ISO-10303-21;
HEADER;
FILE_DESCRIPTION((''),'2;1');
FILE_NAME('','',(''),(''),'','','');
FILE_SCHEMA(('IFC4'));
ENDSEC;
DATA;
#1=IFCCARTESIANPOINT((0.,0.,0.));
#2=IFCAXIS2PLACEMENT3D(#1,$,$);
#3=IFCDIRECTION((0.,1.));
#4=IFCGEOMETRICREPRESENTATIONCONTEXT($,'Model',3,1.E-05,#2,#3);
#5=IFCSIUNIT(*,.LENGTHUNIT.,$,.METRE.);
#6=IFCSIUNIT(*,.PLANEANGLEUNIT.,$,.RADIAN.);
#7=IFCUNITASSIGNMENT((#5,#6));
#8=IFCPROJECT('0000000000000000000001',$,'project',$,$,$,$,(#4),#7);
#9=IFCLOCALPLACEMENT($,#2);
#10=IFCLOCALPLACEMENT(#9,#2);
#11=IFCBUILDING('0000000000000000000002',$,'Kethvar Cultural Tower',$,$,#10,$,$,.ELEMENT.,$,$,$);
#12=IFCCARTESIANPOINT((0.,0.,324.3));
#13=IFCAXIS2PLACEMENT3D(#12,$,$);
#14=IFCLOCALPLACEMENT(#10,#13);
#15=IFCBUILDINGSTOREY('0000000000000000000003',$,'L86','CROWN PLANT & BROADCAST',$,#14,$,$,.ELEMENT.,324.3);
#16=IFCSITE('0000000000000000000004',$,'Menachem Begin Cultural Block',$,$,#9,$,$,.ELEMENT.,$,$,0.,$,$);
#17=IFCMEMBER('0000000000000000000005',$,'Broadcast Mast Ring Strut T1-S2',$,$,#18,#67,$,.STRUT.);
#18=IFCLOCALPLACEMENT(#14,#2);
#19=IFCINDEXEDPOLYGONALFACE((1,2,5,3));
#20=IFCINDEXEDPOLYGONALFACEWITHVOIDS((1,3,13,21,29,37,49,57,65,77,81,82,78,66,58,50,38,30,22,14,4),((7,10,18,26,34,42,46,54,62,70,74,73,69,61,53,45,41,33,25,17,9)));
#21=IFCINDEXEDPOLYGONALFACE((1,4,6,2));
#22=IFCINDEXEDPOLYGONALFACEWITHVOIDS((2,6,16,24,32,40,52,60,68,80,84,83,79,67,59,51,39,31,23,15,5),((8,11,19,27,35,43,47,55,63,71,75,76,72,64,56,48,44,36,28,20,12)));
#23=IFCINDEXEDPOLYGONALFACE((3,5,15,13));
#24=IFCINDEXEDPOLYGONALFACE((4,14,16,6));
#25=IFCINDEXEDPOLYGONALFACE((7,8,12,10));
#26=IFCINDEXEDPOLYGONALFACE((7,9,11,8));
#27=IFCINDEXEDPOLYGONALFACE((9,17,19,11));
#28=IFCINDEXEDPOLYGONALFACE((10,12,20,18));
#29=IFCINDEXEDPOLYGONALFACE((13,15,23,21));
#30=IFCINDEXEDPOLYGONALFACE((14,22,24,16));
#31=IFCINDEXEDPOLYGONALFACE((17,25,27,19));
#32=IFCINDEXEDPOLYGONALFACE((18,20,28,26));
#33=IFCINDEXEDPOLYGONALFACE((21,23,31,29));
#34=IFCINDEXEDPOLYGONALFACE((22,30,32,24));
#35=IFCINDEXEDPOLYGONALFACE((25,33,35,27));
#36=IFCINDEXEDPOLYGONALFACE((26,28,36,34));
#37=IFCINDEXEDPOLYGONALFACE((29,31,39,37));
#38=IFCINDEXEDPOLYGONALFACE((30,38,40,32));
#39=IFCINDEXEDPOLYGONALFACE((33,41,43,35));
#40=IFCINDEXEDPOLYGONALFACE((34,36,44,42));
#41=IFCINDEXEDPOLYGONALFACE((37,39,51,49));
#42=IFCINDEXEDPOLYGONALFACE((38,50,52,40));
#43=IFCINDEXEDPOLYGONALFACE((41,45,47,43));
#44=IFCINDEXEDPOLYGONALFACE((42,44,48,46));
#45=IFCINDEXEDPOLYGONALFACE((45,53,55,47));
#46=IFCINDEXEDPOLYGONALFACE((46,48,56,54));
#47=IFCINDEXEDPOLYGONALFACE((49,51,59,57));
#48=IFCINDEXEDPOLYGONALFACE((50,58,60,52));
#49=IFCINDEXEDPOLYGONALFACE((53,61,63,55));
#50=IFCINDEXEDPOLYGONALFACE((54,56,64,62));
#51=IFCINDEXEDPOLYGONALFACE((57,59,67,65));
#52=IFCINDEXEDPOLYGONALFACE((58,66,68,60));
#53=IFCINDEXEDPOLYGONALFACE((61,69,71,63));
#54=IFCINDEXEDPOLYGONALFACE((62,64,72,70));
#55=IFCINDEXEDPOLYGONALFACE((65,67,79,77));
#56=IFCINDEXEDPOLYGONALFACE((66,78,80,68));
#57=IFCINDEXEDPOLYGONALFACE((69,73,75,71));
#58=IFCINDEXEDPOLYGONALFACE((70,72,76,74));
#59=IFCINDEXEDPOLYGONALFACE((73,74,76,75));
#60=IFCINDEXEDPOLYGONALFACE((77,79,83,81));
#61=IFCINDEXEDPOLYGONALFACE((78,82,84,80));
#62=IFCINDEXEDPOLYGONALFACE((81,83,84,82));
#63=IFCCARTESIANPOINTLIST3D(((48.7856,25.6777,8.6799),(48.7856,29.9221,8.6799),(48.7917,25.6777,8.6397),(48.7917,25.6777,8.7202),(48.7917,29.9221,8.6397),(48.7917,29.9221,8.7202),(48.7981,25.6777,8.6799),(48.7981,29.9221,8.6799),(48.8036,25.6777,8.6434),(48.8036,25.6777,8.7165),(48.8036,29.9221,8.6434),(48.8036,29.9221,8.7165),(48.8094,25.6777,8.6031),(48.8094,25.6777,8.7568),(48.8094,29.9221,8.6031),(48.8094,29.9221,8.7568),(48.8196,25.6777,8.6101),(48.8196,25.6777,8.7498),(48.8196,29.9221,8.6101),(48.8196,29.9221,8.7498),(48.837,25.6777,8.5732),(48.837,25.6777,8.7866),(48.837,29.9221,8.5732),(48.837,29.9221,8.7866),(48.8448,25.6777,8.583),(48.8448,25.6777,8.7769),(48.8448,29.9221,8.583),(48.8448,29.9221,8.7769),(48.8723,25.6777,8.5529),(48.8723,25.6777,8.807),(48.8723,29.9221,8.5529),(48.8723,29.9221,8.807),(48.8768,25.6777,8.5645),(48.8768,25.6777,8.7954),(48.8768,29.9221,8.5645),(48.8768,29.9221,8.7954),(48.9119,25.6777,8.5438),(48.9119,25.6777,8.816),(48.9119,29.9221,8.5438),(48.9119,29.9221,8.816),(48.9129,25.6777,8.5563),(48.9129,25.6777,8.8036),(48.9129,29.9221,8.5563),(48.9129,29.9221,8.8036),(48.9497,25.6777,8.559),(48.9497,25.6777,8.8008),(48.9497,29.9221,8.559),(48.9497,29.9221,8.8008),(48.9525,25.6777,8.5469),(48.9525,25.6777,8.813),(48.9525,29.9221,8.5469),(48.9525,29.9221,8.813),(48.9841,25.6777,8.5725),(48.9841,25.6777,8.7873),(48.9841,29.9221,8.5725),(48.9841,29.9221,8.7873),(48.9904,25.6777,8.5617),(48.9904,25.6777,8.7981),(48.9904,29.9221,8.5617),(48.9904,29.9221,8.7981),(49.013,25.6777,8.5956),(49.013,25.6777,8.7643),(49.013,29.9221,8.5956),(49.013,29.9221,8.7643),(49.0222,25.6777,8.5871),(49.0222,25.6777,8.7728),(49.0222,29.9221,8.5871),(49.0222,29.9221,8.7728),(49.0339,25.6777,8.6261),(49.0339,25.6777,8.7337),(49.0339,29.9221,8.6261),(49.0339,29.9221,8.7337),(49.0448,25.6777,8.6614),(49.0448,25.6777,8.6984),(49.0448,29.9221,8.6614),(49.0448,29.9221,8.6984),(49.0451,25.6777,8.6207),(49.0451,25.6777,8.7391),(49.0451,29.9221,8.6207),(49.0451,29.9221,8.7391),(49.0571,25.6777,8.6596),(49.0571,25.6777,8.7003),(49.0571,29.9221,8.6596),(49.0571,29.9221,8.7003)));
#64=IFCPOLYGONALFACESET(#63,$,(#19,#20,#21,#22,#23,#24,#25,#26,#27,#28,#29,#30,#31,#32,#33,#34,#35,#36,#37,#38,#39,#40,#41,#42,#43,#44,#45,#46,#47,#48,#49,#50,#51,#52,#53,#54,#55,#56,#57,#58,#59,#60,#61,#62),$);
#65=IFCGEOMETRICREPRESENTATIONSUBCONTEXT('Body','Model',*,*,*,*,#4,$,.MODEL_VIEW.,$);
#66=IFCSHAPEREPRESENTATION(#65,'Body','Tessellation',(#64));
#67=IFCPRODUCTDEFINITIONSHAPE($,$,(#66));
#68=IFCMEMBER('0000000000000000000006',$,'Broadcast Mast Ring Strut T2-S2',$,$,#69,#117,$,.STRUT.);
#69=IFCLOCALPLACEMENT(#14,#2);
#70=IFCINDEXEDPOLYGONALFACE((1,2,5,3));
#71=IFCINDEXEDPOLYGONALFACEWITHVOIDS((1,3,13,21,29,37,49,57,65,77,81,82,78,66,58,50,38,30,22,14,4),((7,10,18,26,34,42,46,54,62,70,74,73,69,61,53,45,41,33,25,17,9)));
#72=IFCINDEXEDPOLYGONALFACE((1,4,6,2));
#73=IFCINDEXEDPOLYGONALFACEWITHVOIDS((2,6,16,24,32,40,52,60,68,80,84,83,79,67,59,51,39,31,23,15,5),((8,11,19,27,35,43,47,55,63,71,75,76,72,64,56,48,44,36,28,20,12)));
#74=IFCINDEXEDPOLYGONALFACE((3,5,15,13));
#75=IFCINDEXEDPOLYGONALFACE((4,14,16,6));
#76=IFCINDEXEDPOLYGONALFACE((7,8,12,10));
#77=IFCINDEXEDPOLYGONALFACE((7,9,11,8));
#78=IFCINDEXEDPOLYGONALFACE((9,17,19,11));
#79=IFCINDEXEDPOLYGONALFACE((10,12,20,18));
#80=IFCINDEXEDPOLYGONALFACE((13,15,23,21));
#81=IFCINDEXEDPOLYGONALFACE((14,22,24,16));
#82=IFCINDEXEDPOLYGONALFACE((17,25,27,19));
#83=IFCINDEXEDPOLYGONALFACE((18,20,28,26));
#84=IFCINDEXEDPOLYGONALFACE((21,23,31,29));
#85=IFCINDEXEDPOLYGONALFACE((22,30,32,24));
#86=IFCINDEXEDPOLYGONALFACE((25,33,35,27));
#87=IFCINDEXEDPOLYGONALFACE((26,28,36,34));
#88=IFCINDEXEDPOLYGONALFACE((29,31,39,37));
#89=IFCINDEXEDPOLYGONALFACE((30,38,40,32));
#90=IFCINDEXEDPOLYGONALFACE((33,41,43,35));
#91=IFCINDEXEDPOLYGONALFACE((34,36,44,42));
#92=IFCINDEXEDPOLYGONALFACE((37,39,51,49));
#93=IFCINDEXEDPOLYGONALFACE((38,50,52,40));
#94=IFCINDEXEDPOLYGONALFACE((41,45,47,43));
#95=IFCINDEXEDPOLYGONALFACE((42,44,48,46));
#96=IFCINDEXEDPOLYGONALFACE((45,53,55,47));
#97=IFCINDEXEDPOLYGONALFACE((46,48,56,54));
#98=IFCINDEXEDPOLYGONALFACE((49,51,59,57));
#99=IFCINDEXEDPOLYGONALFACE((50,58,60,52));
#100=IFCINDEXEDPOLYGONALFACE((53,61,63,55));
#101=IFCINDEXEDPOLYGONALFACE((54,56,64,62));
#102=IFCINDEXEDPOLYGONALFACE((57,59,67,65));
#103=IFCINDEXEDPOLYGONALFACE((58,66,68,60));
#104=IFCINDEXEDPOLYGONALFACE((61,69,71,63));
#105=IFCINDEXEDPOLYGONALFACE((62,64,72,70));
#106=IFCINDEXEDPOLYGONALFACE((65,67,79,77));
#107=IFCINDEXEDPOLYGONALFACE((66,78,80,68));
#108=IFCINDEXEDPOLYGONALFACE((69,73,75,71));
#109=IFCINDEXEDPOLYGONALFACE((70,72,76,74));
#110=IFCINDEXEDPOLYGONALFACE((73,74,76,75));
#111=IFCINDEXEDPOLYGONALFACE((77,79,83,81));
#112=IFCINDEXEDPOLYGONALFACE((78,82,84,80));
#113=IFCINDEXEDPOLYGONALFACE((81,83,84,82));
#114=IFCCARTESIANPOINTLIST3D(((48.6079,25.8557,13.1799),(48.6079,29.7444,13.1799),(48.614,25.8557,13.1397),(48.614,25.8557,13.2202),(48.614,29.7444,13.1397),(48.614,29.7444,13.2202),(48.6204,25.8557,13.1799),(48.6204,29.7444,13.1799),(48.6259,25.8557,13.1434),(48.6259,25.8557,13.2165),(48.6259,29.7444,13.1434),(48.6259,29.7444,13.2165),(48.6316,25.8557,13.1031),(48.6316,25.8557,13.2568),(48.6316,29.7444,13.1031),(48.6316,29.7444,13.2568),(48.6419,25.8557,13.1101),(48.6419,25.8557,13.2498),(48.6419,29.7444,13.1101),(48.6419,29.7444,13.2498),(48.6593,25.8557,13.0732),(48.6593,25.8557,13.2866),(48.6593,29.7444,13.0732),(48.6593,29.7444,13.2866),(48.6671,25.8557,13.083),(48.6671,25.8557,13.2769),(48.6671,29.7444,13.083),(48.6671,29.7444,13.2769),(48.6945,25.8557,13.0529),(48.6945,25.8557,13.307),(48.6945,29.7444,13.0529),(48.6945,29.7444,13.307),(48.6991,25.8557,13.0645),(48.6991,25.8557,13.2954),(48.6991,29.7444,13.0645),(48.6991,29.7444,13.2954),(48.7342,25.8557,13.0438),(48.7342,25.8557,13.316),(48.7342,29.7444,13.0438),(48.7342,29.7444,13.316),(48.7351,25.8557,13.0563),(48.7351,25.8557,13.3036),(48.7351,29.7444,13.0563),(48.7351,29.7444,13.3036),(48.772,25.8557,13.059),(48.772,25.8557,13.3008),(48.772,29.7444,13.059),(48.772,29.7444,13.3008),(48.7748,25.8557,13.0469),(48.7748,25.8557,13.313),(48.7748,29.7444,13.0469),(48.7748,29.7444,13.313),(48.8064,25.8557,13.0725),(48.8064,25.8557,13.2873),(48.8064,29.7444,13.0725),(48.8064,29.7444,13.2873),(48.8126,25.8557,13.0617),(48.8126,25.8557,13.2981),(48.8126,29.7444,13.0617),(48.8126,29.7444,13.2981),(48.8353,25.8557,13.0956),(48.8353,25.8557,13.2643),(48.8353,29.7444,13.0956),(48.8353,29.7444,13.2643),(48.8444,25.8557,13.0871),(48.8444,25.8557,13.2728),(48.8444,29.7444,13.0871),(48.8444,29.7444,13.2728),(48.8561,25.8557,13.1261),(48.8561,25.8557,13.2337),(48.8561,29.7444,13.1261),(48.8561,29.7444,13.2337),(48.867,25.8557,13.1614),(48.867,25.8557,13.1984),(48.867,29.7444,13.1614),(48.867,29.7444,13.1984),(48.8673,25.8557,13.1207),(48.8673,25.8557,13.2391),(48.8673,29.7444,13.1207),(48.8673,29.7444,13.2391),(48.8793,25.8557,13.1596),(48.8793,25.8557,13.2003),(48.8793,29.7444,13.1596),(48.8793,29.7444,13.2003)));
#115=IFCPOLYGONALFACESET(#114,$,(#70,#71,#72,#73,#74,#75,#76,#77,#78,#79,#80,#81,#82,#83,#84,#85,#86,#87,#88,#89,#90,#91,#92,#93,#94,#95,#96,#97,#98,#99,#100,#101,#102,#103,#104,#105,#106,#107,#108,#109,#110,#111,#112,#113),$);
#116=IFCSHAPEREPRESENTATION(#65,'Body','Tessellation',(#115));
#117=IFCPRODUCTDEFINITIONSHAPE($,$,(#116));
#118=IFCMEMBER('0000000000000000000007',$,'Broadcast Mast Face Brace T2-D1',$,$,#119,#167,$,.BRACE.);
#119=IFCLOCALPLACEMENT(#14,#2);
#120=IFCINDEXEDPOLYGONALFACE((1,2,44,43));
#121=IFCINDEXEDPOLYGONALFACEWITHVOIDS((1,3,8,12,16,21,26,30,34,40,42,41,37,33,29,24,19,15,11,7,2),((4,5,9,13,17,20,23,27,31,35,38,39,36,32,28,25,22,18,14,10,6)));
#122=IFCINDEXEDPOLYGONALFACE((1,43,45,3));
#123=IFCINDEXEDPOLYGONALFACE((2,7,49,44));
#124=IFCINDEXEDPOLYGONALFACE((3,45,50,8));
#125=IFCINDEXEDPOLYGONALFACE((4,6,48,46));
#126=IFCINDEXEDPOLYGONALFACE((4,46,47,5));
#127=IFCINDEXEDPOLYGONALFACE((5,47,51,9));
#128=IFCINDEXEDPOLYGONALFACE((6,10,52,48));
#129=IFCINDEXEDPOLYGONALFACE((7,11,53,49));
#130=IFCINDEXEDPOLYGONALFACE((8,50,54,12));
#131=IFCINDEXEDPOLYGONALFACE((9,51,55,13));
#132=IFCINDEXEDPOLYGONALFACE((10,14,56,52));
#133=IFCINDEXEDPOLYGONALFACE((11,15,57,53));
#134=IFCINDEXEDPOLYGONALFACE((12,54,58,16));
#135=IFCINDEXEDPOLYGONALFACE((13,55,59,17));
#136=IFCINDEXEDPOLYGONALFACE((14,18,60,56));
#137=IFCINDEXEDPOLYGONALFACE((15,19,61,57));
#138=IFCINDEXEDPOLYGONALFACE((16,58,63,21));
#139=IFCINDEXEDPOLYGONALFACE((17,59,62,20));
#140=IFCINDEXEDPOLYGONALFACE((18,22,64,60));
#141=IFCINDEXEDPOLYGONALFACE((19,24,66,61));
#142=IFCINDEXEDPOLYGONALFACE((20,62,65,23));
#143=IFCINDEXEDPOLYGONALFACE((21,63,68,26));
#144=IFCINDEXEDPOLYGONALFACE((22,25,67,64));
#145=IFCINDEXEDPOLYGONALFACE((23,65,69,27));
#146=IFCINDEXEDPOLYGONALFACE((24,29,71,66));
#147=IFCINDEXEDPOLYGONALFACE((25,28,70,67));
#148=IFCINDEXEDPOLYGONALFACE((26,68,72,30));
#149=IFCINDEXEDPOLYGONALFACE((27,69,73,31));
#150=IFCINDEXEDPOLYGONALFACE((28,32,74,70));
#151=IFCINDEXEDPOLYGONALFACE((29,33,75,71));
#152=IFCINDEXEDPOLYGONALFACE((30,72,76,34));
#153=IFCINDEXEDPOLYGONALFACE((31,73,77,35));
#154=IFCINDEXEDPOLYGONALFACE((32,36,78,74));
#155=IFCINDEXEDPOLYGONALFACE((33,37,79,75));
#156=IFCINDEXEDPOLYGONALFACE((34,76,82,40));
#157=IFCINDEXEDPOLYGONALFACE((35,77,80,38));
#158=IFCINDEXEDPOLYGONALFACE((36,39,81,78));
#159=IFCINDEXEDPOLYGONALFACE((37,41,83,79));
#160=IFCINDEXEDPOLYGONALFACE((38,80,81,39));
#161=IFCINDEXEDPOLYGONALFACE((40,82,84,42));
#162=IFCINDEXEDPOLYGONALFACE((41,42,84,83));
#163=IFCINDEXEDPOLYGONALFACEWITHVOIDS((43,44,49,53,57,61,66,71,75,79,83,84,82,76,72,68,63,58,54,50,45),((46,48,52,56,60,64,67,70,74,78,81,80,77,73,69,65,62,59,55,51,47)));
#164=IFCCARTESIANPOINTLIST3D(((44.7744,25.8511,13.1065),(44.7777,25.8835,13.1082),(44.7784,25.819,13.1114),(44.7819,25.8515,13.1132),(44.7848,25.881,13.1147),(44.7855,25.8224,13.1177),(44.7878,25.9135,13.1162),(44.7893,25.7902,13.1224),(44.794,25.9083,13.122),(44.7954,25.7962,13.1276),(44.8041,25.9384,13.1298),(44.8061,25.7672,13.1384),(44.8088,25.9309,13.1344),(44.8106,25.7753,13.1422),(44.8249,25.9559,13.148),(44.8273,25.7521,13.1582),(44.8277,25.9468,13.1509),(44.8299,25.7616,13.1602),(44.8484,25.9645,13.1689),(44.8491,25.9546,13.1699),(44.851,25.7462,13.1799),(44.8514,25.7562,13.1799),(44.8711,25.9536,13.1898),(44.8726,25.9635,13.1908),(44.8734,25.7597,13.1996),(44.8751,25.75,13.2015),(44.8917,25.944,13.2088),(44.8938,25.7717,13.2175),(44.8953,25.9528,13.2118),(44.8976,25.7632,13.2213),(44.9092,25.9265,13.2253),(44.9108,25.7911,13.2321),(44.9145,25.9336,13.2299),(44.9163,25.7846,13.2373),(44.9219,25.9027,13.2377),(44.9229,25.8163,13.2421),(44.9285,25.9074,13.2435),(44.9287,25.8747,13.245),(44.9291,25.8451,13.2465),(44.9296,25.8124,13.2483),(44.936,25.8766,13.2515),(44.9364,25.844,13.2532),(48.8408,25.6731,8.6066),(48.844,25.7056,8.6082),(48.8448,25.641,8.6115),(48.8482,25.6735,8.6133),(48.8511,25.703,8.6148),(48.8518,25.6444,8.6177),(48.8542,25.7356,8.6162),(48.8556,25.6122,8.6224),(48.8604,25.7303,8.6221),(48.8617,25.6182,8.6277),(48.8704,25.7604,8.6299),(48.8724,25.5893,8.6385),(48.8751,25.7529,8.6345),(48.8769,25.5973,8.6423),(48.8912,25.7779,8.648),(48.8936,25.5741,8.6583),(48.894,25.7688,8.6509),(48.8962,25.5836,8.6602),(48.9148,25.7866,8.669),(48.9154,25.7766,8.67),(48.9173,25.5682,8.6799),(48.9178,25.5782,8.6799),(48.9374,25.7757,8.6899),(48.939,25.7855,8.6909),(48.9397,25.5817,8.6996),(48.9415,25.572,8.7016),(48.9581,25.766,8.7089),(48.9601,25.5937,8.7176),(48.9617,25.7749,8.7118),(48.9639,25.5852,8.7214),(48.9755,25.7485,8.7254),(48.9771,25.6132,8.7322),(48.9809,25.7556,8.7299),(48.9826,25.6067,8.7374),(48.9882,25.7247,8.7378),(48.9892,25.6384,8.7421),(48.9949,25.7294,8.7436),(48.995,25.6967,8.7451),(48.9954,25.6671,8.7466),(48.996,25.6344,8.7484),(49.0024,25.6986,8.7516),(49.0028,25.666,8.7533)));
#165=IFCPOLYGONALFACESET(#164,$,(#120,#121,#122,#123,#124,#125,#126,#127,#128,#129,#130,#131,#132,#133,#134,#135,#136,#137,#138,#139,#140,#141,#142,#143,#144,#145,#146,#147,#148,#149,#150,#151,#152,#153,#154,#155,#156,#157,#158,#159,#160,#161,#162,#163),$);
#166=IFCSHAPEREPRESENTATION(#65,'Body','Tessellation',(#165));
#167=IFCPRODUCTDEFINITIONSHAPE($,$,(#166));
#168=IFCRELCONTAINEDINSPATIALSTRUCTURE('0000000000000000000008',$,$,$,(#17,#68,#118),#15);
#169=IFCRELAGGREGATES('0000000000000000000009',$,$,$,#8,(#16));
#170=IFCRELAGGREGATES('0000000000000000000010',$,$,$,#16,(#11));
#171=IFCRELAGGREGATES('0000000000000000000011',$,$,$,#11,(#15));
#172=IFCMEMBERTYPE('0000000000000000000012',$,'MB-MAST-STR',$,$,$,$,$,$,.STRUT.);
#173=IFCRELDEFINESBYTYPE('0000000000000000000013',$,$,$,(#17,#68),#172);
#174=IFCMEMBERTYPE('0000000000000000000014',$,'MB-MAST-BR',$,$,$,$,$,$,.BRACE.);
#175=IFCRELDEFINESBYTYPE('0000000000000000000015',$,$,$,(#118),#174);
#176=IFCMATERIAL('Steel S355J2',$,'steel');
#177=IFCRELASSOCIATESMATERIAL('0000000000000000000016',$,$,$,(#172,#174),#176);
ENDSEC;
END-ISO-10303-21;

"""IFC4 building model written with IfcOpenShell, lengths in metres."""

from ifc_helpers import new_model, si_unit, direction, frame, origin, origin_2d, place, context, subcontext, project, spatial, hollow_circle, extrude, source, transform, mapped, material, material_profile, profile_set, type_object, element, save


model = new_model("IFC4")

# Units and contexts
model_context = context("Model", 3, precision=1e-05, world=origin(), true_north=direction((0.0, 1.0)))
body_context = subcontext(model_context, "Body", "Model", "MODEL_VIEW")
ifc_project = project(units=[si_unit("LENGTHUNIT", "METRE"), si_unit("PLANEANGLEUNIT", "RADIAN")], contexts=[model_context])

# Site, building, storey
site_placement = place(None, origin())
site = spatial("IfcSite", under=ifc_project, at=site_placement, Name="Menachem Begin Cultural Block", CompositionType="ELEMENT", RefElevation=0.0)
building_placement = place(site_placement, origin())
building = spatial("IfcBuilding", under=site, at=building_placement, Name="Kethvar Cultural Tower", CompositionType="ELEMENT")
storey_placement = place(building_placement, frame((0.0, 0.0, 324.3)))
storey = spatial("IfcBuildingStorey", under=building, at=storey_placement, Name="L86", Description="CROWN PLANT & BROADCAST", CompositionType="ELEMENT", Elevation=324.3)

# Shared definitions
ifc_material_1 = material(Name="Steel S355J2", Category="steel")

# Members
ifc_material_profile_1 = material_profile(ifc_material_1, hollow_circle(Radius=0.1365, WallThickness=0.0125, at=origin_2d()), Name="Steel S355J2 — CHS273x12.5")
ifc_profile_set_1 = profile_set([ifc_material_profile_1], Name="Steel S355J2 — CHS273x12.5")
member_type_1 = type_object("IfcMemberType", Name="MB-MAST-STR", PredefinedType="STRUT", material=ifc_profile_set_1)
shared_shape_1 = source(origin(), body_context, "Body", "SweptSolid", [
    extrude(hollow_circle(Radius=0.1365, WallThickness=0.0125, at=origin_2d()), origin(), (0.0, 0.0, 1.0), 4.2444),
])
member_1_placement = place(storey_placement, frame((48.9221, 25.6777, 8.6799), z_axis=(0.0, 1.0, 0.0), x_axis=(-1.0, 0.0, 0.0)))
element("IfcMember", 1, at=member_1_placement, inside=storey, type_object=member_type_1, Name="Broadcast Mast Ring Strut T1-S2", PredefinedType="STRUT", context=body_context, shape_type="MappedRepresentation", body=[
    mapped(shared_shape_1, transform((0.0, 0.0, 0.0), scale=1.0)),
])
shared_shape_2 = source(origin(), body_context, "Body", "SweptSolid", [
    extrude(hollow_circle(Radius=0.1365, WallThickness=0.0125, at=origin_2d()), origin(), (0.0, 0.0, 1.0), 3.8887),
])
member_2_placement = place(storey_placement, frame((48.7444, 25.8557, 13.1799), z_axis=(0.0, 1.0, 0.0), x_axis=(-1.0, 0.0, 0.0)))
element("IfcMember", 2, at=member_2_placement, inside=storey, type_object=member_type_1, Name="Broadcast Mast Ring Strut T2-S2", PredefinedType="STRUT", context=body_context, shape_type="MappedRepresentation", body=[
    mapped(shared_shape_2, transform((0.0, 0.0, 0.0), scale=1.0)),
])
ifc_material_profile_2 = material_profile(ifc_material_1, hollow_circle(Radius=0.1096, WallThickness=0.01, at=origin_2d()), Name="Steel S355J2 — CHS219x10")
ifc_profile_set_2 = profile_set([ifc_material_profile_2], Name="Steel S355J2 — CHS219x10")
member_type_2 = type_object("IfcMemberType", Name="MB-MAST-BR", PredefinedType="BRACE", material=ifc_profile_set_2)
shared_shape_3 = source(origin(), body_context, "Body", "SweptSolid", [
    extrude(hollow_circle(Radius=0.1096, WallThickness=0.01, at=origin_2d()), origin(), (0.0, 0.0, 1.0), 6.0676),
])
member_3_placement = place(storey_placement, frame((48.9221, 25.6777, 8.6799), z_axis=(-0.670169, 0.029332, 0.741628), x_axis=(-0.043726, -0.999044, 0.0)))
element("IfcMember", 3, at=member_3_placement, inside=storey, type_object=member_type_2, Name="Broadcast Mast Face Brace T2-D1", PredefinedType="BRACE", context=body_context, shape_type="MappedRepresentation", body=[
    mapped(shared_shape_3, transform((0.0, 0.0, 0.0), scale=1.0)),
])

save(model, "model.ifc")
